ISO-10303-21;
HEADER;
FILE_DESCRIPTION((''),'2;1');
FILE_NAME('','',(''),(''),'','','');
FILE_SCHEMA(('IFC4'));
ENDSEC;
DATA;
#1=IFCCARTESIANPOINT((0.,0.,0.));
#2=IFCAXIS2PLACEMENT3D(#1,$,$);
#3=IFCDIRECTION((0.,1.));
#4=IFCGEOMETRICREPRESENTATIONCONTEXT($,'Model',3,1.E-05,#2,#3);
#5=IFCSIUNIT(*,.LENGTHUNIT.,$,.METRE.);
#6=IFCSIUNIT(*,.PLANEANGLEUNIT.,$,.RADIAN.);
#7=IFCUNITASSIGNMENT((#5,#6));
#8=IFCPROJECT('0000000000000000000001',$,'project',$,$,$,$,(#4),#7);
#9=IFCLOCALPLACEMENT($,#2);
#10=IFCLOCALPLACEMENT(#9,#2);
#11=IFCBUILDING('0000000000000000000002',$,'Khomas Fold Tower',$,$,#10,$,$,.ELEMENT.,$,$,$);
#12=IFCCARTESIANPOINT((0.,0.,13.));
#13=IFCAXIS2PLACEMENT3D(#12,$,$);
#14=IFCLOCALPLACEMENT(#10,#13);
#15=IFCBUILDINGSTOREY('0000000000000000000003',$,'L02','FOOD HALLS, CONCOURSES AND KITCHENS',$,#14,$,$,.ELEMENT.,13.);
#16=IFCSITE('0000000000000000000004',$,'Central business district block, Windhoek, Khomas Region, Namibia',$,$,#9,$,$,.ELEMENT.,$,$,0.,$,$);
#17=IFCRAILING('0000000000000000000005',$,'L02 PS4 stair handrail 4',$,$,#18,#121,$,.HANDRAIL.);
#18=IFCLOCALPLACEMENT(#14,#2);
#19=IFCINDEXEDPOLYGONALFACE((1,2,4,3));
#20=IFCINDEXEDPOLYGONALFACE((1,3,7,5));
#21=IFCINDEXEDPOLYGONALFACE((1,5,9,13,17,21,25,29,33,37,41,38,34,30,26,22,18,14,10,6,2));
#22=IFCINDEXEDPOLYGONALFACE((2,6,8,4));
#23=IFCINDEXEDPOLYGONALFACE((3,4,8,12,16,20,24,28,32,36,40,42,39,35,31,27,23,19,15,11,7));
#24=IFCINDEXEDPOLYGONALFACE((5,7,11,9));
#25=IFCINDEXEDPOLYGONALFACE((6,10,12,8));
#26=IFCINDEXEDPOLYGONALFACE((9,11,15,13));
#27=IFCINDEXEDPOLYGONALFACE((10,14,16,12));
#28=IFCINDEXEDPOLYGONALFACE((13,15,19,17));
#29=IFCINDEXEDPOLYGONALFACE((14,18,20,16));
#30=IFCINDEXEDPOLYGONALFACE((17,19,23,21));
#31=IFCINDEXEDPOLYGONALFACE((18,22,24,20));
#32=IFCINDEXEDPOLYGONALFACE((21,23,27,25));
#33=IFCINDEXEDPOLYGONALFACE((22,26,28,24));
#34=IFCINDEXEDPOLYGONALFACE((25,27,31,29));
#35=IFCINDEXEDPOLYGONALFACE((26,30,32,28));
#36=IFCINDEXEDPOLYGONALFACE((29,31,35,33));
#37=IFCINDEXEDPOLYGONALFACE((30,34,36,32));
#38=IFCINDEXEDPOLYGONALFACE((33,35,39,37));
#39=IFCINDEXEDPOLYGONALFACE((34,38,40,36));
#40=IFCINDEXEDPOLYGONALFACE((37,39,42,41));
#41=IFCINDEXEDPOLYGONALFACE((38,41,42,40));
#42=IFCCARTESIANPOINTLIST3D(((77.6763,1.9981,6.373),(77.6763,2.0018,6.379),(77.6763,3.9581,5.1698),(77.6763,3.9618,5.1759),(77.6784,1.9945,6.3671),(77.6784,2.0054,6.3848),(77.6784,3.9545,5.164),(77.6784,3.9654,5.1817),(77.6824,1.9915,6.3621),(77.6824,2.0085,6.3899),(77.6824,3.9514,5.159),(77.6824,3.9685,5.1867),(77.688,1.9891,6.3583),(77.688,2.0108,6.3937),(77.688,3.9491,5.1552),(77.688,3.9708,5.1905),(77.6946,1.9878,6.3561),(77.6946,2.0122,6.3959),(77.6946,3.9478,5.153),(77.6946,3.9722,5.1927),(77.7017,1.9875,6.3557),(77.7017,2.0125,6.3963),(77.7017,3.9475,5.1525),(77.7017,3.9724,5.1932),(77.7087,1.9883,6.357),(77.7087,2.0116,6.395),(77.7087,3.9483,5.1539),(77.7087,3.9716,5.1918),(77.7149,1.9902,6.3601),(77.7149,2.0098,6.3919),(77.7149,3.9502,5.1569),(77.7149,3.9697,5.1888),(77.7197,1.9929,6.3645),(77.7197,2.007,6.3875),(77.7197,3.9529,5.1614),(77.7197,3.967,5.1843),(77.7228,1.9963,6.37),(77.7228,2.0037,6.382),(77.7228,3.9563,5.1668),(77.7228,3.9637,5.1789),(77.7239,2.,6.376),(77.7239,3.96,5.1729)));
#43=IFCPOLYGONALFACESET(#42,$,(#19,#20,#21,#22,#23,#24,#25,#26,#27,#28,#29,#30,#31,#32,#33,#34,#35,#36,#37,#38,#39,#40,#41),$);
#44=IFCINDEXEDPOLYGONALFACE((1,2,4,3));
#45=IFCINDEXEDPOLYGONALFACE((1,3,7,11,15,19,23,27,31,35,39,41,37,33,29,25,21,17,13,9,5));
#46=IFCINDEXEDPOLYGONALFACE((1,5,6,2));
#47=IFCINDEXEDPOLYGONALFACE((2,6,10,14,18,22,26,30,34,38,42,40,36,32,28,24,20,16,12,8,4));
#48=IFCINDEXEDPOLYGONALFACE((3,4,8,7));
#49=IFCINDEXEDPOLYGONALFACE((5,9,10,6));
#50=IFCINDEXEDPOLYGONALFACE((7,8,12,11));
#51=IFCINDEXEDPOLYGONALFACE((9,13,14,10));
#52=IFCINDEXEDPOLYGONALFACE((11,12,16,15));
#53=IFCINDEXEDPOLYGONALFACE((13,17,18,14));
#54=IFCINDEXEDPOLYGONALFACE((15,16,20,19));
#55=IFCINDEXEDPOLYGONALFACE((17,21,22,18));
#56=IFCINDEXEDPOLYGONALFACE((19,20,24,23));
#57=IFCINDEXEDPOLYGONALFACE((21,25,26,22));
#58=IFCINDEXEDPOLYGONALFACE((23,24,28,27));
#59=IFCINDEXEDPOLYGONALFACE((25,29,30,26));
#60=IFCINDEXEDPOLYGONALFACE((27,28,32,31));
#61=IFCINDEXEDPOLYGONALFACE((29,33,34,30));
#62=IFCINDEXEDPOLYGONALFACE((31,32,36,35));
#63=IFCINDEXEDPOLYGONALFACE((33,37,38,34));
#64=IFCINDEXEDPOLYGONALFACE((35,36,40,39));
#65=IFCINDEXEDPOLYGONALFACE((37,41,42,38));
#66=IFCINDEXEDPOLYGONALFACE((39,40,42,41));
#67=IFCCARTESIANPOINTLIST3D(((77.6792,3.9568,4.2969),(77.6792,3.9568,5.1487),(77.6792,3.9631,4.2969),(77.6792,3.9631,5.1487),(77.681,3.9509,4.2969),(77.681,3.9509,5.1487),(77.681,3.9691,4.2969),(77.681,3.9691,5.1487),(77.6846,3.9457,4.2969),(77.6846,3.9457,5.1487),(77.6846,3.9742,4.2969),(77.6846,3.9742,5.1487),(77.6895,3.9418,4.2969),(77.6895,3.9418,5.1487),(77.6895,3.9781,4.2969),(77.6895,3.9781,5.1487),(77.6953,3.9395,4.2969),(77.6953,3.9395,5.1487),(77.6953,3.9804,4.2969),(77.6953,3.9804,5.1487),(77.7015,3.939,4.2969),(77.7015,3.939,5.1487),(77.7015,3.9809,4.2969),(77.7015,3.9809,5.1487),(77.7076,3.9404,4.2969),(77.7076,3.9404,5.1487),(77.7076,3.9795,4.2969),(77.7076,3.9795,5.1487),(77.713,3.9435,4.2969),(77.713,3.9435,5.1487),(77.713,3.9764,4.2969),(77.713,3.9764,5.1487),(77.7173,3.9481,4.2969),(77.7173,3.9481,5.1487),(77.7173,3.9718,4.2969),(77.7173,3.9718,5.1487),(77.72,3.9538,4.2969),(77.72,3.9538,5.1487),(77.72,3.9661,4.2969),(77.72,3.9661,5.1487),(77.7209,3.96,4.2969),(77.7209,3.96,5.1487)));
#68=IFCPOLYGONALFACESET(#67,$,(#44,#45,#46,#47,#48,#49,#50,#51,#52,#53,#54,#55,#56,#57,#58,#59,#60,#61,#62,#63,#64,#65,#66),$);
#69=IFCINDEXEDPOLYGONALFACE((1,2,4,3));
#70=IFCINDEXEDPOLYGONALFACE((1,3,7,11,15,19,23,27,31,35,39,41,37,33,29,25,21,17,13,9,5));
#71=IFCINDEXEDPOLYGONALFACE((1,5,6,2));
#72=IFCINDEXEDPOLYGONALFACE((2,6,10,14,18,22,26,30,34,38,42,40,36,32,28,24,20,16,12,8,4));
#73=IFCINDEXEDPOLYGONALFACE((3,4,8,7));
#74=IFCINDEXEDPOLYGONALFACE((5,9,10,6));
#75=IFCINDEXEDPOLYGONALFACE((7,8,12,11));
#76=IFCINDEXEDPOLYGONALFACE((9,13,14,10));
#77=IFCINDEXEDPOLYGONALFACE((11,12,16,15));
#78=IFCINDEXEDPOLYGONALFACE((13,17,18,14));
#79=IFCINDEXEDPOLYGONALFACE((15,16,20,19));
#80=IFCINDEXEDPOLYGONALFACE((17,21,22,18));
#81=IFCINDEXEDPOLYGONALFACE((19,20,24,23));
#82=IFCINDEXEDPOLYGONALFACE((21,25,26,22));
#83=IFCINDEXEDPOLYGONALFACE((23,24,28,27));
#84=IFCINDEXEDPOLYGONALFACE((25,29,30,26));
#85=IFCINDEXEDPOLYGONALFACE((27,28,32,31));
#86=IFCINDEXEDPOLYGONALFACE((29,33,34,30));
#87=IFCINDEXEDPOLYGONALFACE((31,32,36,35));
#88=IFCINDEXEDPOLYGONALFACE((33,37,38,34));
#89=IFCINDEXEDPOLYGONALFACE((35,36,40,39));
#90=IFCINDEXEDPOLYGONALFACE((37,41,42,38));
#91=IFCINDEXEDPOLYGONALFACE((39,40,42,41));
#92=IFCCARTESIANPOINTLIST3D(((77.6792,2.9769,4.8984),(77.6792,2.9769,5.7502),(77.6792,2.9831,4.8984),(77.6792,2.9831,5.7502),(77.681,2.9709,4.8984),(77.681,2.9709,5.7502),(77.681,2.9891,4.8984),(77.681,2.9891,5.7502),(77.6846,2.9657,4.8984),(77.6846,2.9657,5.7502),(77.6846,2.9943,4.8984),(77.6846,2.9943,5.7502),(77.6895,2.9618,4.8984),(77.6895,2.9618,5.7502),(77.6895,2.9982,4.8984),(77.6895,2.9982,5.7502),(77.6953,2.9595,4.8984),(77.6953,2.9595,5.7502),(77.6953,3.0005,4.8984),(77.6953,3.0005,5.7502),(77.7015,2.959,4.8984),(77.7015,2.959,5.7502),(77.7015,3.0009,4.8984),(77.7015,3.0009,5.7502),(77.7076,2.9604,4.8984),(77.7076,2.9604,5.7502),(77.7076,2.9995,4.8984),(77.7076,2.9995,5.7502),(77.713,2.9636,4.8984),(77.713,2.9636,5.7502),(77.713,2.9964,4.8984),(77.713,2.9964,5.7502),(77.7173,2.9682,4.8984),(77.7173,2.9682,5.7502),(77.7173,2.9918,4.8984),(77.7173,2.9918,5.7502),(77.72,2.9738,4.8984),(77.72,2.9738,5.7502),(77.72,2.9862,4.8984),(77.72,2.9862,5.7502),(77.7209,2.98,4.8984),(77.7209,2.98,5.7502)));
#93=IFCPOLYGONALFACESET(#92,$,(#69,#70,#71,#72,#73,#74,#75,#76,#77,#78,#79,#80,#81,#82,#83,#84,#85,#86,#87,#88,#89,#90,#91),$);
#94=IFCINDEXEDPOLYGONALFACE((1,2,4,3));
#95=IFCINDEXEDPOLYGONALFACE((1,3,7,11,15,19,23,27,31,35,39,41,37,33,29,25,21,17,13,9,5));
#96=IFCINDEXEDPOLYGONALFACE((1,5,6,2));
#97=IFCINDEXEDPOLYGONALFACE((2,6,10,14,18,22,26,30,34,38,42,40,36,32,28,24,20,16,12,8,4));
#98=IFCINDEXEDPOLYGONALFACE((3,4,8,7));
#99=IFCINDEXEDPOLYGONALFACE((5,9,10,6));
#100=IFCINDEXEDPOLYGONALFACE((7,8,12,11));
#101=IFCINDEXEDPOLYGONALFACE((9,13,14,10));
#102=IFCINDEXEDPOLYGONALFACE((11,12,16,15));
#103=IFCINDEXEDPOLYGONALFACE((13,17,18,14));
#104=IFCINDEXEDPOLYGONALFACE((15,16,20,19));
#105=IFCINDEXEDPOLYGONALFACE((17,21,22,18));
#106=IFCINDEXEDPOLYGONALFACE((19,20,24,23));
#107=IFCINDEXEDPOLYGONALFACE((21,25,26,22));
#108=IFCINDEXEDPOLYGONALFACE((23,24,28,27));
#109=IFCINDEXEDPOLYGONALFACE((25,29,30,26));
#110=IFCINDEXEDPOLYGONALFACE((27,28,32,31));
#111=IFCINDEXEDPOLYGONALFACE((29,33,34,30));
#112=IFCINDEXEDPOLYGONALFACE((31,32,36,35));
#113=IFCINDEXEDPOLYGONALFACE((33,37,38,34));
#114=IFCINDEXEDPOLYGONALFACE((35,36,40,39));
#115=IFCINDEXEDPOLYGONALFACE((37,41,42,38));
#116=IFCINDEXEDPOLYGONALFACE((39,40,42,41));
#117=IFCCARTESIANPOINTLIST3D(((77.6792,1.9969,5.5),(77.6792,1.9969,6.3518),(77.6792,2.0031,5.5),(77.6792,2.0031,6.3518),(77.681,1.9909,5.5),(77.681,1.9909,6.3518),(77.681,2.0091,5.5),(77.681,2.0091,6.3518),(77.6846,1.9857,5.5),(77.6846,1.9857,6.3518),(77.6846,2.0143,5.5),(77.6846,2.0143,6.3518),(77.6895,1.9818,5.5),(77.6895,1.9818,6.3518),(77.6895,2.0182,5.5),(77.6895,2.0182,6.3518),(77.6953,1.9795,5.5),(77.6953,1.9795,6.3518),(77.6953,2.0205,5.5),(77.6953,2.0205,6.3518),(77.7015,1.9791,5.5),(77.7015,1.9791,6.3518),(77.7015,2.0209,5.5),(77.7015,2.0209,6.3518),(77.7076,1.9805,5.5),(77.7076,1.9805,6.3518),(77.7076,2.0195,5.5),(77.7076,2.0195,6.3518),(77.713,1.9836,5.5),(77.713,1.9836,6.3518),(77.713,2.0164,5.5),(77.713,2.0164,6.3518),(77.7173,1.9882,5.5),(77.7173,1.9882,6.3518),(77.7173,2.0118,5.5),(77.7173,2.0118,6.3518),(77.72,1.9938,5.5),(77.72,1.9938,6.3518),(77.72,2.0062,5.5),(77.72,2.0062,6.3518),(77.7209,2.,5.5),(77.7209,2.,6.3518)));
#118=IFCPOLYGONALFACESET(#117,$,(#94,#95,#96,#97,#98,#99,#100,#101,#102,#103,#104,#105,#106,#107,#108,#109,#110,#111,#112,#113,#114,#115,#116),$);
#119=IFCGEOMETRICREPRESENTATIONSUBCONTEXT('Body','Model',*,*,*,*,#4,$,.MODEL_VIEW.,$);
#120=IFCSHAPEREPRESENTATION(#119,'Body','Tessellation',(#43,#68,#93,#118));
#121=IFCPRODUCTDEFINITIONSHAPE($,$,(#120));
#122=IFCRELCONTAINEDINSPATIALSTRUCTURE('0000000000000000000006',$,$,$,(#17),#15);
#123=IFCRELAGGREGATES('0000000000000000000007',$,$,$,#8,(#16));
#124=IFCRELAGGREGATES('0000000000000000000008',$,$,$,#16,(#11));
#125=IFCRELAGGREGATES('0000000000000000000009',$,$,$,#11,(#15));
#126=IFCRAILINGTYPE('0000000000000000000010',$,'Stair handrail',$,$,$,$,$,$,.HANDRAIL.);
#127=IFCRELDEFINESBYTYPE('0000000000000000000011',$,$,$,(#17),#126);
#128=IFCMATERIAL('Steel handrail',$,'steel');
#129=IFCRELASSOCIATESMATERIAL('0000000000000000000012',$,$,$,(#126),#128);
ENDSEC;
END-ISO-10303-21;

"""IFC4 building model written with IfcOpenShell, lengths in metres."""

from ifc_helpers import new_model, si_unit, direction, frame, origin, origin_2d, place, context, subcontext, project, spatial, circle, extrude, source, transform, mapped, material, type_object, element, save


model = new_model("IFC4")

# Units and contexts
model_context = context("Model", 3, precision=1e-05, world=origin(), true_north=direction((0.0, 1.0)))
body_context = subcontext(model_context, "Body", "Model", "MODEL_VIEW")
ifc_project = project(units=[si_unit("LENGTHUNIT", "METRE"), si_unit("PLANEANGLEUNIT", "RADIAN")], contexts=[model_context])

# Site, building, storey
site_placement = place(None, origin())
site = spatial("IfcSite", under=ifc_project, at=site_placement, Name="Central business district block, Windhoek, Khomas Region, Namibia", CompositionType="ELEMENT", RefElevation=0.0)
building_placement = place(site_placement, origin())
building = spatial("IfcBuilding", under=site, at=building_placement, Name="Khomas Fold Tower", CompositionType="ELEMENT")
storey_placement = place(building_placement, frame((0.0, 0.0, 13.0)))
storey = spatial("IfcBuildingStorey", under=building, at=storey_placement, Name="L02", Description="FOOD HALLS, CONCOURSES AND KITCHENS", CompositionType="ELEMENT", Elevation=13.0)

# Railing
ifc_material_1 = material(Name="Steel handrail", Category="steel")
railing_type_1 = type_object("IfcRailingType", Name="Stair handrail", PredefinedType="HANDRAIL", material=ifc_material_1)
shared_shape_1 = source(origin(), body_context, "Body", "SweptSolid", [
    extrude(circle(Radius=0.0239, at=origin_2d()), frame((0.0, 0.0, 0.876), z_axis=(0.0, -0.852241, 0.523149), x_axis=(1.0, 0.0, 0.0)), (0.0, 0.0, 1.0), 2.2998),
    extrude(circle(Radius=0.021, at=origin_2d()), origin(), (0.0, 0.0, 1.0), 0.8518),
    extrude(circle(Radius=0.021, at=origin_2d()), frame((0.0, -0.98, 0.6016)), (0.0, 0.0, 1.0), 0.8518),
    extrude(circle(Radius=0.021, at=origin_2d()), frame((0.0, -1.96, 1.2031)), (0.0, 0.0, 1.0), 0.8518),
])
for number, where, name in (
    (1, (77.7, 3.96, 4.2969), "L02 PS4 stair handrail 4"),
):
    element("IfcRailing", number, at=place(storey_placement, frame(where)), inside=storey, type_object=railing_type_1, Name=name, PredefinedType="HANDRAIL", context=body_context, shape_type="MappedRepresentation", body=[
        mapped(shared_shape_1, transform((0.0, 0.0, 0.0))),
    ])

save(model, "model.ifc")
